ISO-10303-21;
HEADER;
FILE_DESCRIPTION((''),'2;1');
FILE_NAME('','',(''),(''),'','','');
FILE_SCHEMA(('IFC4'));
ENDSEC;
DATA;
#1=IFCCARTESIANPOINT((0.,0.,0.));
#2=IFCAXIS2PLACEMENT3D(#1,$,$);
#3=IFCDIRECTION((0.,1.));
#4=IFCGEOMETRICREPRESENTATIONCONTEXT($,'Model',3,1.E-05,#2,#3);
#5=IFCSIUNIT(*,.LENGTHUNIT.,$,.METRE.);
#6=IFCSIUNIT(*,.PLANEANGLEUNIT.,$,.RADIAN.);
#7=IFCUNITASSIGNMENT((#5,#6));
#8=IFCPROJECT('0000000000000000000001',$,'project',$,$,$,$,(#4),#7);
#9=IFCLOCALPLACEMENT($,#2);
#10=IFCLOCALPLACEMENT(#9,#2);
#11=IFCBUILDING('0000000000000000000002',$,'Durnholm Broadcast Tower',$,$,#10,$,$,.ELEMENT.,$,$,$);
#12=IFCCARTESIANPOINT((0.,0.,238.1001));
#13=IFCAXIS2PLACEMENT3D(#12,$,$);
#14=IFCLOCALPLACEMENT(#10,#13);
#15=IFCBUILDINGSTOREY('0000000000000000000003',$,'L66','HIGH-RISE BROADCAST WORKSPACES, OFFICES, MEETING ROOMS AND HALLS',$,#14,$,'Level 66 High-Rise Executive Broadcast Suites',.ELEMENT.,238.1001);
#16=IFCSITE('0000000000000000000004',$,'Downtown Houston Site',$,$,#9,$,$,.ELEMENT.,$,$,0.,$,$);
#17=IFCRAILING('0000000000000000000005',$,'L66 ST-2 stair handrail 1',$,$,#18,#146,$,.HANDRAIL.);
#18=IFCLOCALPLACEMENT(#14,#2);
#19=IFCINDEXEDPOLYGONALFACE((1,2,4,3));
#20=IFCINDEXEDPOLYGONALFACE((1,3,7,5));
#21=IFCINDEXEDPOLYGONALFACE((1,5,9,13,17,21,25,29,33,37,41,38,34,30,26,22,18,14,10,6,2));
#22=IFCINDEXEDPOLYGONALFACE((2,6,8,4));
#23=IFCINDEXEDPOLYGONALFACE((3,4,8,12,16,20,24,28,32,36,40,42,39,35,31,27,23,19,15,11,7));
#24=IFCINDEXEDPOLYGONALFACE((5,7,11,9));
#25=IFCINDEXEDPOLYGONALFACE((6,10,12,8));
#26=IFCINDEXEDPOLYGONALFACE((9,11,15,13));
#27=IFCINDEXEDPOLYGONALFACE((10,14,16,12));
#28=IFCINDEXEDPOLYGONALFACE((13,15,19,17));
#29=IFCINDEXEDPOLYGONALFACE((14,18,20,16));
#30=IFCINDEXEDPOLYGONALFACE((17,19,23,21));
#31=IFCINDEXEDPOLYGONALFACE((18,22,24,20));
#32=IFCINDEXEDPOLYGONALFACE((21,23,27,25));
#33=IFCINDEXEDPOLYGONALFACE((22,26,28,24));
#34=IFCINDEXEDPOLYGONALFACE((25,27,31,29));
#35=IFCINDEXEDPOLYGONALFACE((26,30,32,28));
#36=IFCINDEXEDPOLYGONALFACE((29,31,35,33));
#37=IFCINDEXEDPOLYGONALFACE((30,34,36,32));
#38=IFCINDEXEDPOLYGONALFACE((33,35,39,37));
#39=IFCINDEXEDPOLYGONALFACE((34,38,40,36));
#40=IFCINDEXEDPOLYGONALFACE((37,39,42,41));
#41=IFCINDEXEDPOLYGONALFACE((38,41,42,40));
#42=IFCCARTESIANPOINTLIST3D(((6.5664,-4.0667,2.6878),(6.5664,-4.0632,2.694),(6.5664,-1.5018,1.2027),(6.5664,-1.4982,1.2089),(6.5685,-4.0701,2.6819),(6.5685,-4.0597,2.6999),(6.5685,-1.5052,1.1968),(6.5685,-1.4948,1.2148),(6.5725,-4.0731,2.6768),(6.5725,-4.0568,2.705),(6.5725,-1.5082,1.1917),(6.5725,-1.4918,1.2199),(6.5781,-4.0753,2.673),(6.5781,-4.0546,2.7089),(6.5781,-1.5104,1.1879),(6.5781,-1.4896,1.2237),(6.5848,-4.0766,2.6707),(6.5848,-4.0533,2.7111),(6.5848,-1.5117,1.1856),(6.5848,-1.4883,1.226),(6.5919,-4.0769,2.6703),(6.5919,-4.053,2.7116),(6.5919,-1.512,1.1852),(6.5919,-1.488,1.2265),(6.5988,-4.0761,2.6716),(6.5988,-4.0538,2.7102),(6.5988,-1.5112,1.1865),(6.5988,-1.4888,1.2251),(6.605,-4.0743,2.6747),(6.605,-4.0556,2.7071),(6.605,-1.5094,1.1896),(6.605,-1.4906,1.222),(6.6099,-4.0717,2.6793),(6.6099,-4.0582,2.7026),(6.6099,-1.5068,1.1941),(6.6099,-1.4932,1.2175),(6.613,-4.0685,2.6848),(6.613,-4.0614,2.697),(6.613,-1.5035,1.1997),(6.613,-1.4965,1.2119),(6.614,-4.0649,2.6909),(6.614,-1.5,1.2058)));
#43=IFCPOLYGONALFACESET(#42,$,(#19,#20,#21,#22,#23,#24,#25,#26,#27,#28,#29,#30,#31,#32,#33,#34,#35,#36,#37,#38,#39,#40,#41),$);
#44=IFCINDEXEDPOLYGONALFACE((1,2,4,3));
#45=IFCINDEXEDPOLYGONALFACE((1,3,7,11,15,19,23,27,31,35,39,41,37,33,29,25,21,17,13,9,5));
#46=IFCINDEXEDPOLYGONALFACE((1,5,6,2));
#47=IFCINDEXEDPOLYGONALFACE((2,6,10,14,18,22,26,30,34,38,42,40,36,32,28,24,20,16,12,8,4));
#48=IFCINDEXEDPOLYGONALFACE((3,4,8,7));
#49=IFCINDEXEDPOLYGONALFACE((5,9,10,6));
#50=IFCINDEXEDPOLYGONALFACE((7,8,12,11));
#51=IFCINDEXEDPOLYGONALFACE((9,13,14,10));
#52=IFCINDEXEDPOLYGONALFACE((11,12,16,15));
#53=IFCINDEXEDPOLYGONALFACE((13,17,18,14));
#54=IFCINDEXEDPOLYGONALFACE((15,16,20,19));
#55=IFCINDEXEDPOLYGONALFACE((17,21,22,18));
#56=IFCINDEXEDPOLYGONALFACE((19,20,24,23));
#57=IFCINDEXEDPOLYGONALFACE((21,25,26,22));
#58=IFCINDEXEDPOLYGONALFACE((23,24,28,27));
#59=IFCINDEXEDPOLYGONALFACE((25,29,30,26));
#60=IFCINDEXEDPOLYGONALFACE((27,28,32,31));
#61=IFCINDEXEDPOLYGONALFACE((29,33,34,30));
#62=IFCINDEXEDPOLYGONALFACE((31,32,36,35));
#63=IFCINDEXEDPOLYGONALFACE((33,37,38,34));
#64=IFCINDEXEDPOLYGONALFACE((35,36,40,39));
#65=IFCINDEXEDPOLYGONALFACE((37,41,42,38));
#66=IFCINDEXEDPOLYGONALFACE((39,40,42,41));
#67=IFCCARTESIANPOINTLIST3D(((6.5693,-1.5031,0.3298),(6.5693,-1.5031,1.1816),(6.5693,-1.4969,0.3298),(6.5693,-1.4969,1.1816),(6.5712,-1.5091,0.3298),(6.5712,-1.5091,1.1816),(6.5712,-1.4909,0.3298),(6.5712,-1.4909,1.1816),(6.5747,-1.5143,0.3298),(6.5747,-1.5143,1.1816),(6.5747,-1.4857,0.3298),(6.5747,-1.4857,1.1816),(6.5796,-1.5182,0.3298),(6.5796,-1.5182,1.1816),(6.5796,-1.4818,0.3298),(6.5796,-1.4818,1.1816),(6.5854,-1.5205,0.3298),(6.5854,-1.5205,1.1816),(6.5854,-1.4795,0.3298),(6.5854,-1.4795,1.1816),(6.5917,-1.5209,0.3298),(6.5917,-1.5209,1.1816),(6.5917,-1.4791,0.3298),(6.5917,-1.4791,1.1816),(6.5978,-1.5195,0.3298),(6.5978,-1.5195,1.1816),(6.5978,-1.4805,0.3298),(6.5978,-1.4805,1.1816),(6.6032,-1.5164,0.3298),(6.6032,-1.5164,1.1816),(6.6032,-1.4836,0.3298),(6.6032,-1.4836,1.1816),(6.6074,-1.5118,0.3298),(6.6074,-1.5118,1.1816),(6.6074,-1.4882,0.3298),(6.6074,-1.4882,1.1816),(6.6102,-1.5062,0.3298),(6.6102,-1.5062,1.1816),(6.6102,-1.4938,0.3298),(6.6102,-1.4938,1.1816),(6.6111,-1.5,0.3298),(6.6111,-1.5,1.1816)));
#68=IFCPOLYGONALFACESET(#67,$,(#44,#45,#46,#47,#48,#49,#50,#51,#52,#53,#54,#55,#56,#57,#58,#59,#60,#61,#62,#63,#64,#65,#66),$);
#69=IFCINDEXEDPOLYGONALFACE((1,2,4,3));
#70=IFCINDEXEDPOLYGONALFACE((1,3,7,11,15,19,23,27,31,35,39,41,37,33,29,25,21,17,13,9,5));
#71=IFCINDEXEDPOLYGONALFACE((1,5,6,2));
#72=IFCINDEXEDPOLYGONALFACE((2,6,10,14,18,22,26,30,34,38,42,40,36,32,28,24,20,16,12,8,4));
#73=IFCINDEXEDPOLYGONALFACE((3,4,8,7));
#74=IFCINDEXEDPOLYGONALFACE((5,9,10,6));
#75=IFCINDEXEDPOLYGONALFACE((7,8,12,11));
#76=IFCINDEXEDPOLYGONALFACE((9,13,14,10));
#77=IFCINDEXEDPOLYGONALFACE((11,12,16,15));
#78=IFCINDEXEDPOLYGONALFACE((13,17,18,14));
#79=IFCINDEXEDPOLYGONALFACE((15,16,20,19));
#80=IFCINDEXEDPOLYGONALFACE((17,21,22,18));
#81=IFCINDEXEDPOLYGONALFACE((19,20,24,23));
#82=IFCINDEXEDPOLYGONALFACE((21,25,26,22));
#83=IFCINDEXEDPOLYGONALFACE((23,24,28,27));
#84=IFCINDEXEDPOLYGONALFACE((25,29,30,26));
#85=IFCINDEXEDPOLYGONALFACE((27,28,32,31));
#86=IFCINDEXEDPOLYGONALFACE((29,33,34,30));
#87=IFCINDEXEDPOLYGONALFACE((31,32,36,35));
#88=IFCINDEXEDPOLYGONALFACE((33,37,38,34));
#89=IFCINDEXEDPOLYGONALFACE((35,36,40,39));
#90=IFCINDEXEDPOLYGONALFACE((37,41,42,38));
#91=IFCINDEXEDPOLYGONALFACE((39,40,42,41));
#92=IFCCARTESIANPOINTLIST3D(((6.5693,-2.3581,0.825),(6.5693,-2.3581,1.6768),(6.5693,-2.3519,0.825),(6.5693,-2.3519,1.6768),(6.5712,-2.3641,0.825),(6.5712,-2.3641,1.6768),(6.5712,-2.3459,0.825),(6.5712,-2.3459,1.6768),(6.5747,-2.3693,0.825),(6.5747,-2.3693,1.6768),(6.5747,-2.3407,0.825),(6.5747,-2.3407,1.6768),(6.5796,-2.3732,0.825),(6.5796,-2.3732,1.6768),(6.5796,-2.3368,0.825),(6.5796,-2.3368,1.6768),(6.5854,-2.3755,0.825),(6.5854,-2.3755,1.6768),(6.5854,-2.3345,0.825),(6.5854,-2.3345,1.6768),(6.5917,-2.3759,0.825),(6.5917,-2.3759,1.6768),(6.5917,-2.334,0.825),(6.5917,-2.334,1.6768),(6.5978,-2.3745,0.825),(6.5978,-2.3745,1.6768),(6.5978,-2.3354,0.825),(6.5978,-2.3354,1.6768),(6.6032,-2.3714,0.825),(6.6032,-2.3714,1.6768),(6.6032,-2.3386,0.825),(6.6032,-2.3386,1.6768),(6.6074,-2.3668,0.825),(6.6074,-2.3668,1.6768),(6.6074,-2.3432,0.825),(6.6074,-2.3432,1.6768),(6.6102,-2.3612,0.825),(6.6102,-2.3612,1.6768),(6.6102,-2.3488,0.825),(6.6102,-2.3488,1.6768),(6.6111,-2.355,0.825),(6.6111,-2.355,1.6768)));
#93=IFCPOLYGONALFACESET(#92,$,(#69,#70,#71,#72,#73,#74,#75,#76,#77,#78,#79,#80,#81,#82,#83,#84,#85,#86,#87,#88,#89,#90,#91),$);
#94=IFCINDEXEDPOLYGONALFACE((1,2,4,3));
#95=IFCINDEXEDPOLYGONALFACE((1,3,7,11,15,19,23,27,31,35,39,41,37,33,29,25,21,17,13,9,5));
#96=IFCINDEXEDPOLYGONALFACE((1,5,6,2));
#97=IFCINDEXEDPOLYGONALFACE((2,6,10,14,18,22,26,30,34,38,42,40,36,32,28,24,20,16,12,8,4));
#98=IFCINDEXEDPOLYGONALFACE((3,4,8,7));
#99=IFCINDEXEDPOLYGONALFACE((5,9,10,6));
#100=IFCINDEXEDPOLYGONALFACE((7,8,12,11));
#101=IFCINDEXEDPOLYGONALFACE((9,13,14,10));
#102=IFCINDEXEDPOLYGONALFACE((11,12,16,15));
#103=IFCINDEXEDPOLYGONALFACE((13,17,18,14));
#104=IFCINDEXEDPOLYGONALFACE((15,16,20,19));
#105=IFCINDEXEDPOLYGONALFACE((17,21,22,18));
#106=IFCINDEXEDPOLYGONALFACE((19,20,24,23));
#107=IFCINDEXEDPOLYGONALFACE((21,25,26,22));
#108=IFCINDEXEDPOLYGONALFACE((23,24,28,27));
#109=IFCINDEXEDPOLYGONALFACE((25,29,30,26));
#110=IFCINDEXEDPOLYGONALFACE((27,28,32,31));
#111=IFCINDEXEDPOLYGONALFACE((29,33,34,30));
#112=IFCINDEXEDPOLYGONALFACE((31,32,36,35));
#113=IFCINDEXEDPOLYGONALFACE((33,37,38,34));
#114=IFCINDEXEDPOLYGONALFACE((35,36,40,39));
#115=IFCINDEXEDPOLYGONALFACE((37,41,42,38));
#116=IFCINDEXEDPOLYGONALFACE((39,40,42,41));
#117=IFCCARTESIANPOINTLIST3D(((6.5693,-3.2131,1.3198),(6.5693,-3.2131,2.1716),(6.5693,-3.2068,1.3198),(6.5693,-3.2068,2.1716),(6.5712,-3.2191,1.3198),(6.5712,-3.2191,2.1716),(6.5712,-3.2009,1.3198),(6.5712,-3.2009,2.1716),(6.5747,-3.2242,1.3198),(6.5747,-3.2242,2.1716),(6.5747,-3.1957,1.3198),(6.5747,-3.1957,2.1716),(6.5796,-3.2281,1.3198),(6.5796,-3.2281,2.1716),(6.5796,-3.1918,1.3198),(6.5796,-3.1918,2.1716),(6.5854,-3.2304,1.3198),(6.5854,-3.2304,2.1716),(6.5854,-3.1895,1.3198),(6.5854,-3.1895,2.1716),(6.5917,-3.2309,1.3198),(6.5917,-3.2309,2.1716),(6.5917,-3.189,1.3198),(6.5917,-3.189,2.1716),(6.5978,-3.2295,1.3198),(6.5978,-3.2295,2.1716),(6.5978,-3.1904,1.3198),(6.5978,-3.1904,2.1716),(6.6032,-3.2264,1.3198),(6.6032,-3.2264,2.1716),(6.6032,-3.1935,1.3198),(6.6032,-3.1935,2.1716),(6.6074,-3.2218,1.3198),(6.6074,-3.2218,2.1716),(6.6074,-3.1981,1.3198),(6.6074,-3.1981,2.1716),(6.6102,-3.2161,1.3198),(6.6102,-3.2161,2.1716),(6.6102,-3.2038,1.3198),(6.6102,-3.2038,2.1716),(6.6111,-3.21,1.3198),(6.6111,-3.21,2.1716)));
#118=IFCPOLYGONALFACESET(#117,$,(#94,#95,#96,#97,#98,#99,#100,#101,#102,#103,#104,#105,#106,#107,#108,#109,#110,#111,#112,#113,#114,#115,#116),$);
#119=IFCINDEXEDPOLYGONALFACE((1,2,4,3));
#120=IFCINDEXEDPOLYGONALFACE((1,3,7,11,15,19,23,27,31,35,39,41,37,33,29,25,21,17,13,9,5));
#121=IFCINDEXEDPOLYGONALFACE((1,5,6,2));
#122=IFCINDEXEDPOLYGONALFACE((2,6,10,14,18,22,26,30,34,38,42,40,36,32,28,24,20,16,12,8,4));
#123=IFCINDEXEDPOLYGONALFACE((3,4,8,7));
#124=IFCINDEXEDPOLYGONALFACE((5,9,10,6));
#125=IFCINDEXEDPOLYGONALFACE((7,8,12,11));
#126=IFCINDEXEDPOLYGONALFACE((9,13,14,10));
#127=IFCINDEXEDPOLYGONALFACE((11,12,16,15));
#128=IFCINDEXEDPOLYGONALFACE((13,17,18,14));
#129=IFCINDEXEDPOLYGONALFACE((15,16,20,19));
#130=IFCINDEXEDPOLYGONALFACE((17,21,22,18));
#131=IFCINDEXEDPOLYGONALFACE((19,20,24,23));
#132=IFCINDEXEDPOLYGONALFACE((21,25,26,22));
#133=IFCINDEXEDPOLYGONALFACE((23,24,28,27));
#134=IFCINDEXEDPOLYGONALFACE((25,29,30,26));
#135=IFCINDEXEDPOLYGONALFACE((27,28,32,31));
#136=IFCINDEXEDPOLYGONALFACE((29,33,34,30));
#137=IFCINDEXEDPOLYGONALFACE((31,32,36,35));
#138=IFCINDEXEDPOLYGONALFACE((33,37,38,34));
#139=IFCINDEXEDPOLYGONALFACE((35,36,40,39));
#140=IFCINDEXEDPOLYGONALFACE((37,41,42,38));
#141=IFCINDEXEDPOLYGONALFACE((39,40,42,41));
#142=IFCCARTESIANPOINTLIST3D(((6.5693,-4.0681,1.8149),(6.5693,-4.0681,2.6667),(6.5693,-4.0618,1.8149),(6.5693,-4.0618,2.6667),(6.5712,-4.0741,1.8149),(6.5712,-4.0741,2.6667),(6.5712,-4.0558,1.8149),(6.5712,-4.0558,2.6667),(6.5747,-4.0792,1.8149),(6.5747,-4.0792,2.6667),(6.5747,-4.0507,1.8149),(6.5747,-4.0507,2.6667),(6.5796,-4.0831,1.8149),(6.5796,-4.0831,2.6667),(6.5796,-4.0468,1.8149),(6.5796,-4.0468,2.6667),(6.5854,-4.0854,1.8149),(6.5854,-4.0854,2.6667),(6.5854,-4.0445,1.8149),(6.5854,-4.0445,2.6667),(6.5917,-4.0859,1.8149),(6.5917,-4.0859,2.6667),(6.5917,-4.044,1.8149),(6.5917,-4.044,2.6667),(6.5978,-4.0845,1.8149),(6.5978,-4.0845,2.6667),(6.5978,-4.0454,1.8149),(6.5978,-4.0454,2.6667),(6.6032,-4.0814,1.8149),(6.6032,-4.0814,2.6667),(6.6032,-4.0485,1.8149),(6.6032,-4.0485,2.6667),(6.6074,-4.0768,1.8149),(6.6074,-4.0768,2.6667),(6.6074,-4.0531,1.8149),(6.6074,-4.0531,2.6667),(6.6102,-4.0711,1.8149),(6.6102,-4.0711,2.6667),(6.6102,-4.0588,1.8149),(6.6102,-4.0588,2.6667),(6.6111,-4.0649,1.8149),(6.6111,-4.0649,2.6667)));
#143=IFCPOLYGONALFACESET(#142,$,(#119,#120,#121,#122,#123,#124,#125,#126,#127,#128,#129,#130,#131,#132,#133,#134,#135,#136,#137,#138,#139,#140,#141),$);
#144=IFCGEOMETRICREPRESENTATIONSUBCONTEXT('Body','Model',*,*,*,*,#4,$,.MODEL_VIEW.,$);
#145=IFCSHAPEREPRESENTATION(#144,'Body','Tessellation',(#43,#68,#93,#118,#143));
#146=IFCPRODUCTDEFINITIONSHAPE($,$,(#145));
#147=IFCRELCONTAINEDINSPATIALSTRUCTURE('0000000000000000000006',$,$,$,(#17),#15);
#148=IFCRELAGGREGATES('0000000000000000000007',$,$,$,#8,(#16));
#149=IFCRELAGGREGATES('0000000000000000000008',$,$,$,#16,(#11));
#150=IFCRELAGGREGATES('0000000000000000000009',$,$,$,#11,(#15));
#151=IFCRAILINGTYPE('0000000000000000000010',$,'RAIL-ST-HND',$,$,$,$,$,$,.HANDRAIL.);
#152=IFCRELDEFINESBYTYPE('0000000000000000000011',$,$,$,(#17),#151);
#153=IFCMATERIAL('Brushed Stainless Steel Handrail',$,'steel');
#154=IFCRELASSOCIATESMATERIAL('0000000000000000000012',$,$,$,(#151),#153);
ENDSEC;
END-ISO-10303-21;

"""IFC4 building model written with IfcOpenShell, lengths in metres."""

from ifc_helpers import new_model, si_unit, direction, frame, origin, origin_2d, place, context, subcontext, project, spatial, circle, extrude, material, type_object, element, save


model = new_model("IFC4")

# Units and contexts
model_context = context("Model", 3, precision=1e-05, world=origin(), true_north=direction((0.0, 1.0)))
body_context = subcontext(model_context, "Body", "Model", "MODEL_VIEW")
ifc_project = project(units=[si_unit("LENGTHUNIT", "METRE"), si_unit("PLANEANGLEUNIT", "RADIAN")], contexts=[model_context])

# Site, building, storey
site_placement = place(None, origin())
site = spatial("IfcSite", under=ifc_project, at=site_placement, Name="Downtown Houston Site", CompositionType="ELEMENT", RefElevation=0.0)
building_placement = place(site_placement, origin())
building = spatial("IfcBuilding", under=site, at=building_placement, Name="Durnholm Broadcast Tower", CompositionType="ELEMENT")
storey_placement = place(building_placement, frame((0.0, 0.0, 238.1001)))
storey = spatial("IfcBuildingStorey", under=building, at=storey_placement, Name="L66", Description="HIGH-RISE BROADCAST WORKSPACES, OFFICES, MEETING ROOMS AND HALLS", LongName="Level 66 High-Rise Executive Broadcast Suites", CompositionType="ELEMENT", Elevation=238.1001)

# Railing
ifc_material_1 = material(Name="Brushed Stainless Steel Handrail", Category="steel")
railing_type_1 = type_object("IfcRailingType", Name="RAIL-ST-HND", PredefinedType="HANDRAIL", material=ifc_material_1)
railing_1_placement = place(storey_placement, frame((6.5901, -1.5, 0.3298)))
element("IfcRailing", 1, at=railing_1_placement, inside=storey, type_object=railing_type_1, Name="L66 ST-2 stair handrail 1", PredefinedType="HANDRAIL", context=body_context, shape_type="SweptSolid", body=[
    extrude(circle(Radius=0.0239, at=origin_2d()), frame((0.0, 0.0, 0.876), z_axis=(0.0, -0.865406, 0.501072), x_axis=(1.0, 0.0, 0.0)), (0.0, 0.0, 1.0), 2.9639),
    extrude(circle(Radius=0.021, at=origin_2d()), origin(), (0.0, 0.0, 1.0), 0.8518),
    extrude(circle(Radius=0.021, at=origin_2d()), frame((0.0, -0.855, 0.4951)), (0.0, 0.0, 1.0), 0.8518),
    extrude(circle(Radius=0.021, at=origin_2d()), frame((0.0, -1.71, 0.99)), (0.0, 0.0, 1.0), 0.8518),
    extrude(circle(Radius=0.021, at=origin_2d()), frame((0.0, -2.5649, 1.4851)), (0.0, 0.0, 1.0), 0.8518),
])

save(model, "model.ifc")
